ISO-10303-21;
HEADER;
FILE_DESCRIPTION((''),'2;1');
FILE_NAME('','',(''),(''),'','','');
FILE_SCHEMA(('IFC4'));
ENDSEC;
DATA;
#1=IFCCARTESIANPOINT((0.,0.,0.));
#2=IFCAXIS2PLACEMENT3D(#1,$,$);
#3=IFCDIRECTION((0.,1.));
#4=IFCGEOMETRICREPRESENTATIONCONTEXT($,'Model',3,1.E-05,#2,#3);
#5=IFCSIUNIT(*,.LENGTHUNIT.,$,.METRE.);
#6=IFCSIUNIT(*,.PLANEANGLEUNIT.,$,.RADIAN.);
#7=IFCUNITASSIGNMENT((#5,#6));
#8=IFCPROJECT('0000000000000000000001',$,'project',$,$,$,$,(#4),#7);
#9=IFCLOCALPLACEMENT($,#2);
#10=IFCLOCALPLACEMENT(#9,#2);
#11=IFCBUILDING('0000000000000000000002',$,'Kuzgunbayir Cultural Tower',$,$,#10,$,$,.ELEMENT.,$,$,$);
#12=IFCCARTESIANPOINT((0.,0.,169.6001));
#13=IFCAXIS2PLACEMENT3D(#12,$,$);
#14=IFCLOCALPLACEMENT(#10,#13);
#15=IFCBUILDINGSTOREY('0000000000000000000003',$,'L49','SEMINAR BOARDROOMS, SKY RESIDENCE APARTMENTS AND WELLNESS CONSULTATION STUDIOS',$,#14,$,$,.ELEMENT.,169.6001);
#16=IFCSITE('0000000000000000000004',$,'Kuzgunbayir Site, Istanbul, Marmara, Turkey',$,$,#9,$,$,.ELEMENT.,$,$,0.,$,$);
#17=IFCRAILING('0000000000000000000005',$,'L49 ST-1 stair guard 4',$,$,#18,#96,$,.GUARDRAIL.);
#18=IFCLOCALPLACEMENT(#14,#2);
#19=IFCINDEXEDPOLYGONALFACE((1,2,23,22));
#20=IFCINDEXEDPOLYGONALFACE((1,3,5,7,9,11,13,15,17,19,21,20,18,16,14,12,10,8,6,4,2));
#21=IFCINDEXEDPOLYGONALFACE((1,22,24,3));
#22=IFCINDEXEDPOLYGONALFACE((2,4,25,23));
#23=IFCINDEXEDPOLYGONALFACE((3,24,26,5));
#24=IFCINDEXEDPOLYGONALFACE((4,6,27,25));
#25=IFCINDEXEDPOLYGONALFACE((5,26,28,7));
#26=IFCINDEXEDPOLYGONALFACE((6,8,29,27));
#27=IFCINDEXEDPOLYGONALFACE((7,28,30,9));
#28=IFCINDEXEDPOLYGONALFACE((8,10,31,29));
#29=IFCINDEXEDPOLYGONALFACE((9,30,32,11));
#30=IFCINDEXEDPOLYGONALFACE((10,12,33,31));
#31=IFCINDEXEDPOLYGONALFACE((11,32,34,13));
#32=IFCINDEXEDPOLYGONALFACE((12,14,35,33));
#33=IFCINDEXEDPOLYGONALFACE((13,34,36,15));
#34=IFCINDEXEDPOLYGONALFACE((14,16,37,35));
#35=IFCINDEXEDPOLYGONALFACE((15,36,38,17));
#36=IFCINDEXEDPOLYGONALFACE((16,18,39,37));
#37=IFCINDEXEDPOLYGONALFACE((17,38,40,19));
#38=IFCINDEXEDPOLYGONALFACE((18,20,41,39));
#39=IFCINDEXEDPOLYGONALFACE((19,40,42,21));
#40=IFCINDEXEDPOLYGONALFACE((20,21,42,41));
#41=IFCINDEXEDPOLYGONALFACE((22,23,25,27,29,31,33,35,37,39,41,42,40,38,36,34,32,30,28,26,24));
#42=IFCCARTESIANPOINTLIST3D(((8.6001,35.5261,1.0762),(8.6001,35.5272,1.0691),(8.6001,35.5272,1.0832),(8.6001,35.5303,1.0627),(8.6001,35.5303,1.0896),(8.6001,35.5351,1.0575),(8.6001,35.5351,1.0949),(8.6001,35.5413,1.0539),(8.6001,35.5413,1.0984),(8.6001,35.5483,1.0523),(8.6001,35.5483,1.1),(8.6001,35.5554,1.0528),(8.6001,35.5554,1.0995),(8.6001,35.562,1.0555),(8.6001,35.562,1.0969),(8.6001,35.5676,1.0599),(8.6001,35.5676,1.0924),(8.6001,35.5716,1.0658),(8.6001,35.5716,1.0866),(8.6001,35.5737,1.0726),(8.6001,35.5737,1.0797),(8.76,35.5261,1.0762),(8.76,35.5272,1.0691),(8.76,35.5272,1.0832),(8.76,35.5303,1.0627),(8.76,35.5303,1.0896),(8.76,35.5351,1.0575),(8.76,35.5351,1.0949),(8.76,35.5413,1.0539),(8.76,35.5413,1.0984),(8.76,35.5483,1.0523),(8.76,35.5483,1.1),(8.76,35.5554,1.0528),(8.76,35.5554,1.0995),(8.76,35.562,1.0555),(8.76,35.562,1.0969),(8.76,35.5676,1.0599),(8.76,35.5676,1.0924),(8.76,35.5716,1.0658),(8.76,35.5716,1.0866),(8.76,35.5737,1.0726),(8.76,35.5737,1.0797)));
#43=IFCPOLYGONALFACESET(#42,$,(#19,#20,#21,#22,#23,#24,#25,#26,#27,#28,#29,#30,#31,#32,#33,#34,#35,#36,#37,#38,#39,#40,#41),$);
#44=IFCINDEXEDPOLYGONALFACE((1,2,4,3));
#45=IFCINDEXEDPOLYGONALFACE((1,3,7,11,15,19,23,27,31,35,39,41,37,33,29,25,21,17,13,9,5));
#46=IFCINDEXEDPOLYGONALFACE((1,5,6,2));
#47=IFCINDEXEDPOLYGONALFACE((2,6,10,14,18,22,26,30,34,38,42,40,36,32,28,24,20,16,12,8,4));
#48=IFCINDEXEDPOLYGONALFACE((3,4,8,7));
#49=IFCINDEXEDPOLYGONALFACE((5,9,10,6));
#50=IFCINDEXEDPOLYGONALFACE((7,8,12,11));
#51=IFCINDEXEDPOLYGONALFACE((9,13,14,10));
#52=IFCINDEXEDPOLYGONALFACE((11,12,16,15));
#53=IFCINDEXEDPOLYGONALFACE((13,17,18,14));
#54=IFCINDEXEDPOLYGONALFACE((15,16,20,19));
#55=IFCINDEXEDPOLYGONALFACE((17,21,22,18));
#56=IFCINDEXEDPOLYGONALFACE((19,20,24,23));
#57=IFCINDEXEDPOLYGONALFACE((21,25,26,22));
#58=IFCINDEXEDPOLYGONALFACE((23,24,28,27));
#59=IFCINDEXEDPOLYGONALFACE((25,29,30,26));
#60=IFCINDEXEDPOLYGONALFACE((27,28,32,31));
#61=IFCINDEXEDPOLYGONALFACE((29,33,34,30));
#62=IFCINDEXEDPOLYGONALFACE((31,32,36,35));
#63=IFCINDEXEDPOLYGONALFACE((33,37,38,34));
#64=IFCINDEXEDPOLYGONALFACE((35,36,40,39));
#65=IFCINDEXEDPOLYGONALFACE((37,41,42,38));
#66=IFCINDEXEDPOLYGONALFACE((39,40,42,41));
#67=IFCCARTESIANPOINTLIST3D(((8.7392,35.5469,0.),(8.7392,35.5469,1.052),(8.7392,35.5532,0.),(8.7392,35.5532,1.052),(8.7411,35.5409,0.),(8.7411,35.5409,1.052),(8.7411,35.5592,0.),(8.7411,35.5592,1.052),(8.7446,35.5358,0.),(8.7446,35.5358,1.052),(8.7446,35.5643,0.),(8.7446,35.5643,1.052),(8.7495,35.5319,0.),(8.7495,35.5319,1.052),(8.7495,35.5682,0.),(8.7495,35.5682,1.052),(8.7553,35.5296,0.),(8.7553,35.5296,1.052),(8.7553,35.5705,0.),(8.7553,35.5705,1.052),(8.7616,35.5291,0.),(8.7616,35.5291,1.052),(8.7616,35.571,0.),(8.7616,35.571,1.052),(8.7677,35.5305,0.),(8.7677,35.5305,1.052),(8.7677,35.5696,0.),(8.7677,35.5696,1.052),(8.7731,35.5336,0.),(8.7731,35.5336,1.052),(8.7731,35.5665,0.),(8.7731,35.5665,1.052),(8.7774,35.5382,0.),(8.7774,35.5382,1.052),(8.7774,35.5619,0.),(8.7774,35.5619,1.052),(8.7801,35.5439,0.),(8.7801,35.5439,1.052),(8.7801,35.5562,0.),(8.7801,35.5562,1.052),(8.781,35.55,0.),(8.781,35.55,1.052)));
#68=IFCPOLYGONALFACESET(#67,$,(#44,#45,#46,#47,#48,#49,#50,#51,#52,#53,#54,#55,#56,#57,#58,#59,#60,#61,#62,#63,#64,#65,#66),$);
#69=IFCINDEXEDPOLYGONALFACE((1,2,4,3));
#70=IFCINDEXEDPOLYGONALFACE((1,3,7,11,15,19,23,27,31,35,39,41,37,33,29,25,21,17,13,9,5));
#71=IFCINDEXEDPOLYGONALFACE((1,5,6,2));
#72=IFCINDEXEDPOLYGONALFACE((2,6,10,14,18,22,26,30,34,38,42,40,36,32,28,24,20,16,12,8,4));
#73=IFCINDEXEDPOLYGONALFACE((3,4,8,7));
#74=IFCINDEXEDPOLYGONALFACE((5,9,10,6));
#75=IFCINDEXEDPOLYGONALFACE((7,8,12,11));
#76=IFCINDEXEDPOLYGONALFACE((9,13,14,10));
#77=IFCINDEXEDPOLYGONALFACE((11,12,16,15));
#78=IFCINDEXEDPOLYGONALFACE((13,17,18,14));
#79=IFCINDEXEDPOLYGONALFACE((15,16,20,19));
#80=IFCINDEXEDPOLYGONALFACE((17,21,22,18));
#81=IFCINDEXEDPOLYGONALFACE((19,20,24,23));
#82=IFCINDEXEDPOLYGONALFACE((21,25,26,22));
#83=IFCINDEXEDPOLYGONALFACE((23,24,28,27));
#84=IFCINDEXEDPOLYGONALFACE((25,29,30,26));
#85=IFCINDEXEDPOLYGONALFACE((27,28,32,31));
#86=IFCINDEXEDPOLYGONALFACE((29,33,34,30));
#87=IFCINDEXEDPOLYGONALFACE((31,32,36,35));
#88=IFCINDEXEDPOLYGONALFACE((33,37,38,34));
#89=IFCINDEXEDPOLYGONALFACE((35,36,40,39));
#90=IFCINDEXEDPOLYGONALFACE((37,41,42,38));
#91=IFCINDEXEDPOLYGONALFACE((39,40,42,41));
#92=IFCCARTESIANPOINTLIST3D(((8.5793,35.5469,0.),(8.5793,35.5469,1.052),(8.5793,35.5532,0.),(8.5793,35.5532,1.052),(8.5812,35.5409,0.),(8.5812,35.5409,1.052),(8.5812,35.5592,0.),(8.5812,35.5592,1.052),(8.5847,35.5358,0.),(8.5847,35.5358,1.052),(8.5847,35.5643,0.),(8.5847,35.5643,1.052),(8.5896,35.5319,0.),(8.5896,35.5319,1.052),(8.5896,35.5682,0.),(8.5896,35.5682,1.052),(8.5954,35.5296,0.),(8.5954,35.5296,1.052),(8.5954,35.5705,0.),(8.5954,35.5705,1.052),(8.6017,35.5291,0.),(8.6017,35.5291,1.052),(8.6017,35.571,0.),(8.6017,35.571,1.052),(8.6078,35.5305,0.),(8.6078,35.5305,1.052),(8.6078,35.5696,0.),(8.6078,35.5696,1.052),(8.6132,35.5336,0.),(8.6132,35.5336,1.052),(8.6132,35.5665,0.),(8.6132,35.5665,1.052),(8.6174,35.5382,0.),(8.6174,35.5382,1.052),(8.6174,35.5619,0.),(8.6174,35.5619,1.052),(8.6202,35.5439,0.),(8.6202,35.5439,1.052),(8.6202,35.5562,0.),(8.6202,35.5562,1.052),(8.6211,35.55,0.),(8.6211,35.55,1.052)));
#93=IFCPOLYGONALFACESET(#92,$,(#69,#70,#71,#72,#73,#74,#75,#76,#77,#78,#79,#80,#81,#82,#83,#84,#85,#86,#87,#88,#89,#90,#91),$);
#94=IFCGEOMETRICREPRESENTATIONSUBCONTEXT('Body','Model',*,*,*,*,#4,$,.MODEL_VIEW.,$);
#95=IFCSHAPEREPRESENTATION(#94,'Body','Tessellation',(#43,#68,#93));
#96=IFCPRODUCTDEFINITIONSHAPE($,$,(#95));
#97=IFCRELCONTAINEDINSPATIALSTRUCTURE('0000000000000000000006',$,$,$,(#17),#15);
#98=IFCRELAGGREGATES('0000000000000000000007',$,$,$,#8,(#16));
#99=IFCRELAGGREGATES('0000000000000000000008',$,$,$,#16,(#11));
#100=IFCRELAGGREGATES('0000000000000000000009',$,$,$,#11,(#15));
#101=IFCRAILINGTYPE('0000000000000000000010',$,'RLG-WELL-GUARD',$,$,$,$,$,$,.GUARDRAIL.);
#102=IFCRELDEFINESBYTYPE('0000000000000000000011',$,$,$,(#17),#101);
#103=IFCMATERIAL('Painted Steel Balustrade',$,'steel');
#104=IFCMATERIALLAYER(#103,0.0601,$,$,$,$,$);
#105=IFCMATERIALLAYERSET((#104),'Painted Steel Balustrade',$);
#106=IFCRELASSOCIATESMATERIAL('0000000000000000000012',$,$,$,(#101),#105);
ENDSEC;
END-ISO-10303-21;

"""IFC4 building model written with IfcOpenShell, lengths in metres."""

from ifc_helpers import new_model, si_unit, direction, frame, origin, origin_2d, place, context, subcontext, project, spatial, circle, extrude, material, layer, layer_set, type_object, element, save


model = new_model("IFC4")

# Units and contexts
model_context = context("Model", 3, precision=1e-05, world=origin(), true_north=direction((0.0, 1.0)))
body_context = subcontext(model_context, "Body", "Model", "MODEL_VIEW")
ifc_project = project(units=[si_unit("LENGTHUNIT", "METRE"), si_unit("PLANEANGLEUNIT", "RADIAN")], contexts=[model_context])

# Site, building, storey
site_placement = place(None, origin())
site = spatial("IfcSite", under=ifc_project, at=site_placement, Name="Kuzgunbayir Site, Istanbul, Marmara, Turkey", CompositionType="ELEMENT", RefElevation=0.0)
building_placement = place(site_placement, origin())
building = spatial("IfcBuilding", under=site, at=building_placement, Name="Kuzgunbayir Cultural Tower", CompositionType="ELEMENT")
storey_placement = place(building_placement, frame((0.0, 0.0, 169.6001)))
storey = spatial("IfcBuildingStorey", under=building, at=storey_placement, Name="L49", Description="SEMINAR BOARDROOMS, SKY RESIDENCE APARTMENTS AND WELLNESS CONSULTATION STUDIOS", CompositionType="ELEMENT", Elevation=169.6001)

# Railing
ifc_material_1 = material(Name="Painted Steel Balustrade", Category="steel")
ifc_layer_1 = layer(ifc_material_1, 0.0601)
ifc_layer_set_1 = layer_set([ifc_layer_1], Name="Painted Steel Balustrade")
railing_type_1 = type_object("IfcRailingType", Name="RLG-WELL-GUARD", PredefinedType="GUARDRAIL", material=ifc_layer_set_1)
railing_1_placement = place(storey_placement, frame((8.76, 35.55, 0.0)))
element("IfcRailing", 1, at=railing_1_placement, inside=storey, type_object=railing_type_1, Name="L49 ST-1 stair guard 4", PredefinedType="GUARDRAIL", context=body_context, shape_type="SweptSolid", body=[
    extrude(circle(Radius=0.0239, at=origin_2d()), frame((0.0, 0.0, 1.0762), z_axis=(-1.0, 0.0, 0.0), x_axis=(0.0, -1.0, 0.0)), (0.0, 0.0, 1.0), 0.1599),
    extrude(circle(Radius=0.021, at=origin_2d()), origin(), (0.0, 0.0, 1.0), 1.052),
    extrude(circle(Radius=0.021, at=origin_2d()), frame((-0.1599, 0.0, 0.0)), (0.0, 0.0, 1.0), 1.052),
])

save(model, "model.ifc")
